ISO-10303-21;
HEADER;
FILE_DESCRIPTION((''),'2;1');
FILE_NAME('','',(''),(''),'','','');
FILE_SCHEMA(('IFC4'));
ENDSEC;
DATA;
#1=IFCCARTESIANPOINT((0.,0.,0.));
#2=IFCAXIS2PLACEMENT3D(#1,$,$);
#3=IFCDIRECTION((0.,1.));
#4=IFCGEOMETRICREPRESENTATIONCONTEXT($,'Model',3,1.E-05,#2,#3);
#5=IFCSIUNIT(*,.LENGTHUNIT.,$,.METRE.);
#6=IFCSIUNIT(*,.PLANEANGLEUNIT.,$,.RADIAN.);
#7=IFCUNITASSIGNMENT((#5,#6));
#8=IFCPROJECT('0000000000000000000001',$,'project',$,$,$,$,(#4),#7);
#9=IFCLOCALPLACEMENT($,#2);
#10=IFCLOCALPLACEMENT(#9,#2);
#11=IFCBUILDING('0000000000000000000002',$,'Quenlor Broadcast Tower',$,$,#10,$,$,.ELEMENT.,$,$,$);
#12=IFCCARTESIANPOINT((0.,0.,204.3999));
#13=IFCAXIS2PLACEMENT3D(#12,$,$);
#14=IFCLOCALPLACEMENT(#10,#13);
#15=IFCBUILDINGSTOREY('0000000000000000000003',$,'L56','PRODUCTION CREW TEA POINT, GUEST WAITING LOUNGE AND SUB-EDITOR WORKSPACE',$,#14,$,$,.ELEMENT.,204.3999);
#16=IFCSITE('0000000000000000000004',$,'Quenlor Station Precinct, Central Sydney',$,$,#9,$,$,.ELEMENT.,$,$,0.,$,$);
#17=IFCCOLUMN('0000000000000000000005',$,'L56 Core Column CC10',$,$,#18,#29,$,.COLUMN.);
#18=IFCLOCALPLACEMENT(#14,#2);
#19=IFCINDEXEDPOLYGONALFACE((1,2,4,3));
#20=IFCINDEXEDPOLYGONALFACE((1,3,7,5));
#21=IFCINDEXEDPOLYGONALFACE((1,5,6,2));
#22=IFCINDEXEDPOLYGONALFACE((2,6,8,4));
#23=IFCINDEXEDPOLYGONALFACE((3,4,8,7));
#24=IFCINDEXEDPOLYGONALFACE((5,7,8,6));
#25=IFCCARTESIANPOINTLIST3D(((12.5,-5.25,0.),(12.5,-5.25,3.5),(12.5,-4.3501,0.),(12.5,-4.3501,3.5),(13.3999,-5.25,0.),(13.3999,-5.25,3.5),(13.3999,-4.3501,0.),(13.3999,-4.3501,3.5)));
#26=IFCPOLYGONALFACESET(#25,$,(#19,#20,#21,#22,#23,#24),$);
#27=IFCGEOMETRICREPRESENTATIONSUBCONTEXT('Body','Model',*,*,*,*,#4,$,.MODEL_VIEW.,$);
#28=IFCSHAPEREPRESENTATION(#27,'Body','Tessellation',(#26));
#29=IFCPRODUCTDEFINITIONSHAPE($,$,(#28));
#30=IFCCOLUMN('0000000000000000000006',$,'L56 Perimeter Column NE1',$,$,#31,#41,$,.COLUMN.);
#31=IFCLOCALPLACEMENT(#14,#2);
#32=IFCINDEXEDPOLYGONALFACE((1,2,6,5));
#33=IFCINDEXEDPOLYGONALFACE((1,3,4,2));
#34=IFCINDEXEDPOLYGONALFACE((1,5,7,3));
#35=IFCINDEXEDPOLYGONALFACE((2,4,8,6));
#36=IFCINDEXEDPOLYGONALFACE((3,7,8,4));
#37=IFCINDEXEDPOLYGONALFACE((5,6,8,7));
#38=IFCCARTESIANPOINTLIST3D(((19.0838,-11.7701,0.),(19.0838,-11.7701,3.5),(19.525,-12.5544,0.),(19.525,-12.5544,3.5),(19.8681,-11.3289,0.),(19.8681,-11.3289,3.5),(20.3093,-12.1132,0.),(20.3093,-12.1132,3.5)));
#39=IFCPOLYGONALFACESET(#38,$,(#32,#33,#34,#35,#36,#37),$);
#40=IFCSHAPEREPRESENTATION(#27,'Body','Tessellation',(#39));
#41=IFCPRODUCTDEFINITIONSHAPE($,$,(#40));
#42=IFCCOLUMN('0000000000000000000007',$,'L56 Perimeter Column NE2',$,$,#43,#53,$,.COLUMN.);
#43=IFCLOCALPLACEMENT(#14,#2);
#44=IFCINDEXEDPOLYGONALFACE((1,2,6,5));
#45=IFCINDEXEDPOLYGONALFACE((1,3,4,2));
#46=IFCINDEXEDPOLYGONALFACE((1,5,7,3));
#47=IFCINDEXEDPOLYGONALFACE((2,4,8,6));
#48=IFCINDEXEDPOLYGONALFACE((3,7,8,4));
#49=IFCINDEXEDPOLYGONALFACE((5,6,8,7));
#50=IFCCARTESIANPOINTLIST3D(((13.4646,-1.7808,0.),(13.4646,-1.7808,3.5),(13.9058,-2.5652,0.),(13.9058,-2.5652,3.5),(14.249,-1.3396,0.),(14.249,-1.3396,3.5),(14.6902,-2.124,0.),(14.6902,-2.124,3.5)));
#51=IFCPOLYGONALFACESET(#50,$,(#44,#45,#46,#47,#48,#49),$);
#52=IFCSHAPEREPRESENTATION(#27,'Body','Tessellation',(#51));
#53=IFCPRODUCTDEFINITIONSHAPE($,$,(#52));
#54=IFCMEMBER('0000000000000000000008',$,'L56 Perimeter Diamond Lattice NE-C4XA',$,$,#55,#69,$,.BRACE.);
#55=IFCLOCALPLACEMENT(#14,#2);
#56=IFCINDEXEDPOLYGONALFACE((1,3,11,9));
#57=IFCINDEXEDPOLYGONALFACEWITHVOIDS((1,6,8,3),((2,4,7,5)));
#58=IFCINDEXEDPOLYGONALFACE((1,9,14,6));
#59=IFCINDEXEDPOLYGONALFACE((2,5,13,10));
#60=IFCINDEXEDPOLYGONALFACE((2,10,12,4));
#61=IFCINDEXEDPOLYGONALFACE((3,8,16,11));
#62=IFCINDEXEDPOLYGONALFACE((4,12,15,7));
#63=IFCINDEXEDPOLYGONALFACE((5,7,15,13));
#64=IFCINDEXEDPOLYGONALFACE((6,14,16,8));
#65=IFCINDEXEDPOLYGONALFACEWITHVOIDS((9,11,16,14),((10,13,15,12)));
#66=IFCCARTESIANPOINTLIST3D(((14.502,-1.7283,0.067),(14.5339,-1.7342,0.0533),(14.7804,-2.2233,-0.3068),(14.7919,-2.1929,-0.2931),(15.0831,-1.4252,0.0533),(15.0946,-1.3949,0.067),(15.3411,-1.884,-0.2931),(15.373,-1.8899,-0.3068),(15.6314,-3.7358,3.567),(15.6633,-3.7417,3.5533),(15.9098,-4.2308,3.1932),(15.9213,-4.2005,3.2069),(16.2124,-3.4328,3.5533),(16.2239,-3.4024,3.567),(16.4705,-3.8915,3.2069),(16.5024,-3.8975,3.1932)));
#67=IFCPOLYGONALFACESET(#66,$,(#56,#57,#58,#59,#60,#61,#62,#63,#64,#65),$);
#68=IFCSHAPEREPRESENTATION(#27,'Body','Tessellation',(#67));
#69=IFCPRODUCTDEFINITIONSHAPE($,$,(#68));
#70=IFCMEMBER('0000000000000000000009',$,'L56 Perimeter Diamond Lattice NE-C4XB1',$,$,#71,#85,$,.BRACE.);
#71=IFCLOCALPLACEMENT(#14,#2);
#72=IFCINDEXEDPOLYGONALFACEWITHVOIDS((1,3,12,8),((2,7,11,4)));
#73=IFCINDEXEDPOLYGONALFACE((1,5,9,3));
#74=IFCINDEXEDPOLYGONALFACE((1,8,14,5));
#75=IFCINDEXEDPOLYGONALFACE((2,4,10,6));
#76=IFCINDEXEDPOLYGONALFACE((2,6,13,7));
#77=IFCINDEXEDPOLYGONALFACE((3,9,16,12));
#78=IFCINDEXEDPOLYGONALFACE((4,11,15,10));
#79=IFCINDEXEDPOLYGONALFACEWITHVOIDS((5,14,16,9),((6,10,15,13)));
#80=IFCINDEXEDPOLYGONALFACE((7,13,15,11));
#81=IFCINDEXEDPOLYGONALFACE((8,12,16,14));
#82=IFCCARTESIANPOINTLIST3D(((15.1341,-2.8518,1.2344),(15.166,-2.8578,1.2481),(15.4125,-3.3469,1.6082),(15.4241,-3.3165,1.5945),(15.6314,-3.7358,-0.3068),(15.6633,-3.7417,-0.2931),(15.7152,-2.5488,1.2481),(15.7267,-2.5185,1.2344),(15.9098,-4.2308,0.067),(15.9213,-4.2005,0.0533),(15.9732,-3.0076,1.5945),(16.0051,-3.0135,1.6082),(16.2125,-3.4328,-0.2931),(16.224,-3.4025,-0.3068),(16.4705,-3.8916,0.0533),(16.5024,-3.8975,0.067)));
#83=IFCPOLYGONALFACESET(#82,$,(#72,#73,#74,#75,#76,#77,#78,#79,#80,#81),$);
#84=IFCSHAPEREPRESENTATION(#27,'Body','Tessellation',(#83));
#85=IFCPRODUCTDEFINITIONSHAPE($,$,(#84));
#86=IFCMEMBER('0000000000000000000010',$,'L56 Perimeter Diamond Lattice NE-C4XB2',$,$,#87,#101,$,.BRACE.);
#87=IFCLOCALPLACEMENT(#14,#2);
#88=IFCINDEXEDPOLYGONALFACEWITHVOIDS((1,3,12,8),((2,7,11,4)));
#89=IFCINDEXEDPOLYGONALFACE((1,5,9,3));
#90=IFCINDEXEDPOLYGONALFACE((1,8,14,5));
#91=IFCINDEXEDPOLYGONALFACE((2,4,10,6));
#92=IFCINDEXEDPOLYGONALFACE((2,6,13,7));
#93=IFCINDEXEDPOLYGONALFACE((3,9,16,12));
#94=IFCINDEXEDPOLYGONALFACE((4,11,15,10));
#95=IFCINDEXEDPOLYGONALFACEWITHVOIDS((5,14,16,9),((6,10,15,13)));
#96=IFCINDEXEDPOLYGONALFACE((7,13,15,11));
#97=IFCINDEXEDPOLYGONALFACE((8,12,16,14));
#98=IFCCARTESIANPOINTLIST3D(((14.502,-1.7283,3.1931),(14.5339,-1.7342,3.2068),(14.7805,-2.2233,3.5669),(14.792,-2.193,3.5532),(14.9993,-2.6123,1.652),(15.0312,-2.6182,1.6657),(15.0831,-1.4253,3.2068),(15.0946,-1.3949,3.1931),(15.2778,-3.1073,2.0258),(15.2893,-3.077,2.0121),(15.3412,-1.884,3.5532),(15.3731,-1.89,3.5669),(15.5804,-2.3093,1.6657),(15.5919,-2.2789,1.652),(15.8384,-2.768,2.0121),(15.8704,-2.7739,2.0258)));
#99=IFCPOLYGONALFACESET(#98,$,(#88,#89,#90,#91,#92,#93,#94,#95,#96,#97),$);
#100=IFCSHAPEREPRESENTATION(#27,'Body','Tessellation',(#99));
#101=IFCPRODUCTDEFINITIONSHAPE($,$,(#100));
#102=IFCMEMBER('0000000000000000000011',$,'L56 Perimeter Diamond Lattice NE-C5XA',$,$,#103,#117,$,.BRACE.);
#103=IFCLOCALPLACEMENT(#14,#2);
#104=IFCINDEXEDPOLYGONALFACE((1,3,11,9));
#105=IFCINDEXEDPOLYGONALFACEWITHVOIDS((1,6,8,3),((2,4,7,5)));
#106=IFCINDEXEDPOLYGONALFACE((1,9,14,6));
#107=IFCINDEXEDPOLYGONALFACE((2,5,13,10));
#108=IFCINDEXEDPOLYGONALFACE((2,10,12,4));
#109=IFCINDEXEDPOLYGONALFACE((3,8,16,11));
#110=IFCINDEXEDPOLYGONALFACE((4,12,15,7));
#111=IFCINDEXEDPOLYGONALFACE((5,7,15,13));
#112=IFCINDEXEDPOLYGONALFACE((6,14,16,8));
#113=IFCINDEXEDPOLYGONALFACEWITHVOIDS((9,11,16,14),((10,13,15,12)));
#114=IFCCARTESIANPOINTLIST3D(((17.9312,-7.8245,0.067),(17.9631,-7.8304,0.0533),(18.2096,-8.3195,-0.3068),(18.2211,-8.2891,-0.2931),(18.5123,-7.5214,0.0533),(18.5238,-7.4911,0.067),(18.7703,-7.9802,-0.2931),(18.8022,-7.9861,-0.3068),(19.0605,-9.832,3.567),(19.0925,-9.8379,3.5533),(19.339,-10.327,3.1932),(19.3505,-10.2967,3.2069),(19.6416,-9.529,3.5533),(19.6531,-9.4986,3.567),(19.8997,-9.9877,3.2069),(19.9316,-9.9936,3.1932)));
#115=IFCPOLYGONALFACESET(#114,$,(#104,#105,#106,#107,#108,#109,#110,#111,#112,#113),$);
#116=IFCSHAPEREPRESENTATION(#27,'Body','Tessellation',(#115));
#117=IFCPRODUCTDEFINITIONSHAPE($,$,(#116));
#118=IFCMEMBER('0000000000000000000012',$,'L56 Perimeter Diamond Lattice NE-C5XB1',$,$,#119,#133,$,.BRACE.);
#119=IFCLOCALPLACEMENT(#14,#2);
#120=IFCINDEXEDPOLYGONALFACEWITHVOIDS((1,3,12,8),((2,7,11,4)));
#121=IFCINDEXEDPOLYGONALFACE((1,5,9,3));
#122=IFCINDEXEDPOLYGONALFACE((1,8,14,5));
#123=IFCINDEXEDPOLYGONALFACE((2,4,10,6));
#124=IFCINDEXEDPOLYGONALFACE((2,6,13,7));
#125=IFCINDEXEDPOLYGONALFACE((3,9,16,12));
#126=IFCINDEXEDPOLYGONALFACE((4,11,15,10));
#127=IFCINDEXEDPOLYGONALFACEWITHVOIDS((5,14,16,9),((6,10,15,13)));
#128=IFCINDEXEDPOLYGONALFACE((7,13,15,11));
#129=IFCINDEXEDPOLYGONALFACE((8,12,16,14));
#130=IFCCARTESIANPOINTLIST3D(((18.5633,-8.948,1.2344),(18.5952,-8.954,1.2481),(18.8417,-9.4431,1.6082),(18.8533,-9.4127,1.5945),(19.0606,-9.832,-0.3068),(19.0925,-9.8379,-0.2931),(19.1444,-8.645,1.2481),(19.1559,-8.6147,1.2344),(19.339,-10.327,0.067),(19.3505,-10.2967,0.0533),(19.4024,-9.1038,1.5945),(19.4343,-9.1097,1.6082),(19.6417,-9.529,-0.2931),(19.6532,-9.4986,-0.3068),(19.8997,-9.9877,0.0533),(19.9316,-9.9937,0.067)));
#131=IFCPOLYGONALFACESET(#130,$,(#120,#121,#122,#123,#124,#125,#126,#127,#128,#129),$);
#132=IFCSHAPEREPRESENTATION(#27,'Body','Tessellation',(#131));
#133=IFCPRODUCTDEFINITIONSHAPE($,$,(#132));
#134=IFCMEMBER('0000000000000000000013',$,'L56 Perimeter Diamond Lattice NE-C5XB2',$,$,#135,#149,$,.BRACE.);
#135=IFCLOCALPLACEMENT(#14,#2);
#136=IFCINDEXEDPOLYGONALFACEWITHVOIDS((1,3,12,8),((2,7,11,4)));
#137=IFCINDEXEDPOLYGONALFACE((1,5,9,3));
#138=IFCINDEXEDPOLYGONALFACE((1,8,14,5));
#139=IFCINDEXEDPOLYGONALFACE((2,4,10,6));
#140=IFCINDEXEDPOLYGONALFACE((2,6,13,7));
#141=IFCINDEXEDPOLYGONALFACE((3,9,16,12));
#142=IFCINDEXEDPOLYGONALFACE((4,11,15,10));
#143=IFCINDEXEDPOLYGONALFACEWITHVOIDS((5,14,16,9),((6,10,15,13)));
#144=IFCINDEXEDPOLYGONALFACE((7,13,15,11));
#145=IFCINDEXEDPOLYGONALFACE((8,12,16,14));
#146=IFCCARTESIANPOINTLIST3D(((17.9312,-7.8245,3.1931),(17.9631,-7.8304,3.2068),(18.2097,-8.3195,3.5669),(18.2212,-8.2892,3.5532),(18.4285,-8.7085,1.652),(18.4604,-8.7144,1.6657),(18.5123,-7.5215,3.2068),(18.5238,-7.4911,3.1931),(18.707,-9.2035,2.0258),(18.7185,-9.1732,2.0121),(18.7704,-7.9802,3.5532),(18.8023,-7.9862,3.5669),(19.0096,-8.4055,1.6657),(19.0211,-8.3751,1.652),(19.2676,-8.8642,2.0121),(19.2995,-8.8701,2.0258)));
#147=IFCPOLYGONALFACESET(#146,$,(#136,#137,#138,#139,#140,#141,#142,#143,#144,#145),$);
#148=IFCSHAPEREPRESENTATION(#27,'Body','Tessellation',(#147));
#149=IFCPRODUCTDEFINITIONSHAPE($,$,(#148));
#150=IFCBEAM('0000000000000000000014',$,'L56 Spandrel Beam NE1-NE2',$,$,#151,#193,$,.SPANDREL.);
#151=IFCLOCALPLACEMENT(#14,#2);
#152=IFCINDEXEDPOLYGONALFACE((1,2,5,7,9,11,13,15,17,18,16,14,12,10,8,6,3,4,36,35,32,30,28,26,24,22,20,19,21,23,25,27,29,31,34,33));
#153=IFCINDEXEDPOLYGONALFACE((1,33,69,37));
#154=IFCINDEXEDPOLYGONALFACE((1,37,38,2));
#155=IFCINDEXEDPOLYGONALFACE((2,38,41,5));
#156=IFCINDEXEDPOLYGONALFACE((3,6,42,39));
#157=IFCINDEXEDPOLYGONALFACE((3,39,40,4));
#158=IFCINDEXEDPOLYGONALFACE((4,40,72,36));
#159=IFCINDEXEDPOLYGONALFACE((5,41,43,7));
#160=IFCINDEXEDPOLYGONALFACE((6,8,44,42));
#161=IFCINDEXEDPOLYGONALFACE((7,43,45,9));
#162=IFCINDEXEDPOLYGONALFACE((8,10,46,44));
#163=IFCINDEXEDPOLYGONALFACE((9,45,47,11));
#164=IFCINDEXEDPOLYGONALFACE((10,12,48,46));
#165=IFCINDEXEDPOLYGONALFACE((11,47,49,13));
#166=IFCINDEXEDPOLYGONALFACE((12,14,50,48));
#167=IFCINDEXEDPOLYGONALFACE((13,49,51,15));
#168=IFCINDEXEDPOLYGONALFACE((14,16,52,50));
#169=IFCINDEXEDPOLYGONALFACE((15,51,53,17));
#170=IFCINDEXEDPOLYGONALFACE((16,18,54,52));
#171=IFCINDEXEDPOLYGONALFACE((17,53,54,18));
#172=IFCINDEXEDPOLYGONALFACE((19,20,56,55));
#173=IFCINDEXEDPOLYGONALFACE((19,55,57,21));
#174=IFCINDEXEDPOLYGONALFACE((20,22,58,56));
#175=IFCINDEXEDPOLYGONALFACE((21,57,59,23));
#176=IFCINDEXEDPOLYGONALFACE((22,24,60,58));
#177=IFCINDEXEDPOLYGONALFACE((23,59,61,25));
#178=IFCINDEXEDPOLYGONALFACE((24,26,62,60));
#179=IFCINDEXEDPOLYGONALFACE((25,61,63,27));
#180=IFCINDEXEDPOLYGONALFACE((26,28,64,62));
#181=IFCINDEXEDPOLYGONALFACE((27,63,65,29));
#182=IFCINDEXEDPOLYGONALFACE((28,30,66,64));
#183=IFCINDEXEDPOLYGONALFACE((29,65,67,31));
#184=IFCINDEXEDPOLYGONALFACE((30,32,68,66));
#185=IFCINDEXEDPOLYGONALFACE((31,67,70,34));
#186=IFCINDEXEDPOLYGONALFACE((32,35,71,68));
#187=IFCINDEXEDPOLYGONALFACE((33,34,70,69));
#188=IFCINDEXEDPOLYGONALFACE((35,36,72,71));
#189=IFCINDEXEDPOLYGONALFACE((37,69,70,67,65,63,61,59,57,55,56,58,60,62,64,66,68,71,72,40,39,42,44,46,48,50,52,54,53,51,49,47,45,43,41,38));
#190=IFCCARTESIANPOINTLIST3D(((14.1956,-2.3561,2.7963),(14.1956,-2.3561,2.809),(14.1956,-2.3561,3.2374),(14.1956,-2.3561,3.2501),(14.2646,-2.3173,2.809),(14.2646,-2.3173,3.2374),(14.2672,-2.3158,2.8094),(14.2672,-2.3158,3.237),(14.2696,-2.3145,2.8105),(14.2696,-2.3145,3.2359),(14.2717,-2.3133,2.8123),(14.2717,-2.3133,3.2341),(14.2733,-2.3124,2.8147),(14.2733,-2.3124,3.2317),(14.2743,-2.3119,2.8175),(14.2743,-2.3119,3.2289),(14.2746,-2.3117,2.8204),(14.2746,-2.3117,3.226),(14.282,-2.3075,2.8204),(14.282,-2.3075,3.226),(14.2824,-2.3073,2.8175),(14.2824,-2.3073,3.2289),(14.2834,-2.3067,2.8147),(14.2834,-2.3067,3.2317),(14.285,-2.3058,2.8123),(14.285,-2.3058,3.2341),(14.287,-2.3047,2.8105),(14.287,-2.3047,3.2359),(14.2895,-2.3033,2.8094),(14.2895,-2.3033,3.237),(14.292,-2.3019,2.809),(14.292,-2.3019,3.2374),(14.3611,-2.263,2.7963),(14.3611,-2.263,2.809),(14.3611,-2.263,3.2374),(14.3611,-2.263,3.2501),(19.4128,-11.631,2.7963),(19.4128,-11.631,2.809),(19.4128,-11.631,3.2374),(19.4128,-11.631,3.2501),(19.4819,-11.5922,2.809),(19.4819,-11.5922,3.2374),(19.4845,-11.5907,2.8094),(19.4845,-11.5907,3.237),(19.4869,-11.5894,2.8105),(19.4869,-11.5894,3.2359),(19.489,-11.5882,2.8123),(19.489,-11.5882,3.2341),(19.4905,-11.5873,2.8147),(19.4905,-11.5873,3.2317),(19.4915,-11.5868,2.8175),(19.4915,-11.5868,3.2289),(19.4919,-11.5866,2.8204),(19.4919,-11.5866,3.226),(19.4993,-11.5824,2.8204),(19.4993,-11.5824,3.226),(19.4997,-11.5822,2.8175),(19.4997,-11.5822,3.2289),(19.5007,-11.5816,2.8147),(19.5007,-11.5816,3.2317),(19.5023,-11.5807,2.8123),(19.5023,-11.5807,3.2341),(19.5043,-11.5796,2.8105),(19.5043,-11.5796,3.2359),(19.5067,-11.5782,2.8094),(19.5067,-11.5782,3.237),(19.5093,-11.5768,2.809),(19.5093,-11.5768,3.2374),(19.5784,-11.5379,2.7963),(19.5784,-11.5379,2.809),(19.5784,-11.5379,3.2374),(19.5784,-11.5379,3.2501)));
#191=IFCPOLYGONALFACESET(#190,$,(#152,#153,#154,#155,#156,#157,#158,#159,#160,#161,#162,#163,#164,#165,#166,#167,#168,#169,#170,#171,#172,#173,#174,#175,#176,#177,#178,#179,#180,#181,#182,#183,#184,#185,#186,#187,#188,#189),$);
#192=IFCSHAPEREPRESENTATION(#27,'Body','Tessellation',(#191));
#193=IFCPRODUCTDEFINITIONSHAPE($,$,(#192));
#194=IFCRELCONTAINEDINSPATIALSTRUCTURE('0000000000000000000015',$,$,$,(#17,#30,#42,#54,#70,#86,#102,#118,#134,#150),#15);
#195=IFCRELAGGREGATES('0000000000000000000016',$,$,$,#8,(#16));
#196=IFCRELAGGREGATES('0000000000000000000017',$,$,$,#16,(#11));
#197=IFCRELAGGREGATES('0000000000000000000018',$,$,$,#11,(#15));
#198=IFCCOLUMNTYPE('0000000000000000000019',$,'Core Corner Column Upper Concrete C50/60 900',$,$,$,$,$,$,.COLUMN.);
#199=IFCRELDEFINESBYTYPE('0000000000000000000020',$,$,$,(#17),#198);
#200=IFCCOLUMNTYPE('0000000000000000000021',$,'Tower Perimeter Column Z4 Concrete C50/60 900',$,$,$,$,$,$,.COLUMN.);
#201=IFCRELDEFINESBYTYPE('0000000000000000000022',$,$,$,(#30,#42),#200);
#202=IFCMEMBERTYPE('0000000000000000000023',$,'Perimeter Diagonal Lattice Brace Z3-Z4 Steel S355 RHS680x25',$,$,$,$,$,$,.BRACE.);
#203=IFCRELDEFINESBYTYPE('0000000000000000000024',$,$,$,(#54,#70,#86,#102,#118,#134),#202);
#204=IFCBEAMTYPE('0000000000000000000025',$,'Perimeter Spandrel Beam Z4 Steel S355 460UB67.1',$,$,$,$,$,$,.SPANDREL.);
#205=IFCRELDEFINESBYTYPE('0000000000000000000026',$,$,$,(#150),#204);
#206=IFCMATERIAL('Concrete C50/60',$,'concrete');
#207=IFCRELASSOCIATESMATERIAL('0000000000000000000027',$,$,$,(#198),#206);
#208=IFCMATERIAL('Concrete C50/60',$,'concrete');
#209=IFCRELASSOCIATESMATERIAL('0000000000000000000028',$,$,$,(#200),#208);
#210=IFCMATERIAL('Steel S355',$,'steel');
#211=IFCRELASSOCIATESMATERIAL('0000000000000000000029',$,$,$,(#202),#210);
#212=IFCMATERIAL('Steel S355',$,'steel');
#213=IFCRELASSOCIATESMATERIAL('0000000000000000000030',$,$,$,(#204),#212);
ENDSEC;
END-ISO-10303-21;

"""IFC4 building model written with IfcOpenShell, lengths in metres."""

from ifc_helpers import new_model, si_unit, direction, frame, origin, origin_2d, place, context, subcontext, project, spatial, rectangle, hollow_rectangle, i_section, extrude, material, material_profile, profile_set, type_object, element, save


model = new_model("IFC4")

# Units and contexts
model_context = context("Model", 3, precision=1e-05, world=origin(), true_north=direction((0.0, 1.0)))
body_context = subcontext(model_context, "Body", "Model", "MODEL_VIEW")
ifc_project = project(units=[si_unit("LENGTHUNIT", "METRE"), si_unit("PLANEANGLEUNIT", "RADIAN")], contexts=[model_context])

# Site, building, storey
site_placement = place(None, origin())
site = spatial("IfcSite", under=ifc_project, at=site_placement, Name="Quenlor Station Precinct, Central Sydney", CompositionType="ELEMENT", RefElevation=0.0)
building_placement = place(site_placement, origin())
building = spatial("IfcBuilding", under=site, at=building_placement, Name="Quenlor Broadcast Tower", CompositionType="ELEMENT")
storey_placement = place(building_placement, frame((0.0, 0.0, 204.3999)))
storey = spatial("IfcBuildingStorey", under=building, at=storey_placement, Name="L56", Description="PRODUCTION CREW TEA POINT, GUEST WAITING LOUNGE AND SUB-EDITOR WORKSPACE", CompositionType="ELEMENT", Elevation=204.3999)

# Columns
ifc_material_1 = material(Name="Concrete C50/60", Category="concrete")
ifc_material_profile_1 = material_profile(ifc_material_1, rectangle(XDim=0.8999, YDim=0.8999, at=origin_2d()))
ifc_profile_set_1 = profile_set([ifc_material_profile_1], Name="Concrete C50/60 RC900x900")
column_type_1 = type_object("IfcColumnType", Name="Core Corner Column Upper Concrete C50/60 900", PredefinedType="COLUMN", material=ifc_profile_set_1)
column_placement = place(storey_placement, frame((12.95, -4.8, 0.0), z_axis=(0.0, 0.0, 1.0), x_axis=(1.0, 0.0, 0.0)))
element("IfcColumn", 1, at=column_placement, inside=storey, type_object=column_type_1, Name="L56 Core Column CC10", PredefinedType="COLUMN", context=body_context, shape_type="SweptSolid", body=[
    extrude(rectangle(XDim=0.8999, YDim=0.8999, at=origin_2d()), origin(), (0.0, 0.0, 1.0), 3.5),
])
ifc_material_2 = material(Name="Concrete C50/60", Category="concrete")
ifc_material_profile_2 = material_profile(ifc_material_2, rectangle(XDim=0.8999, YDim=0.8999, at=origin_2d()))
ifc_profile_set_2 = profile_set([ifc_material_profile_2], Name="Concrete C50/60 RC900x900")
column_type_2 = type_object("IfcColumnType", Name="Tower Perimeter Column Z4 Concrete C50/60 900", PredefinedType="COLUMN", material=ifc_profile_set_2)
for number, where, z_axis, x_axis, name in (
    (2, (19.6965, -11.9417, 0.0), (0.0, 0.0, 1.0), (0.871575, 0.490262, 0.0), "L56 Perimeter Column NE1"),
    (3, (14.0774, -1.9524, 0.0), (0.0, 0.0, 1.0), (0.871575, 0.490262, 0.0), "L56 Perimeter Column NE2"),
):
    element("IfcColumn", number, at=place(storey_placement, frame(where, z_axis=z_axis, x_axis=x_axis)), inside=storey, type_object=column_type_2, Name=name, PredefinedType="COLUMN", context=body_context, shape_type="SweptSolid", body=[
        extrude(rectangle(XDim=0.8999, YDim=0.8999, at=origin_2d()), origin(), (0.0, 0.0, 1.0), 3.5),
    ])

# Members
ifc_material_3 = material(Name="Steel S355", Category="steel")
ifc_material_profile_3 = material_profile(ifc_material_3, hollow_rectangle(XDim=0.6799, YDim=0.6799, WallThickness=0.0249, at=origin_2d()))
ifc_profile_set_3 = profile_set([ifc_material_profile_3], Name="Steel S355 RHS680x680x25")
member_type = type_object("IfcMemberType", Name="Perimeter Diagonal Lattice Brace Z3-Z4 Steel S355 RHS680x25", PredefinedType="BRACE", material=ifc_profile_set_3)
member_1_placement = place(storey_placement, frame((14.9375, -1.8091, -0.1199), z_axis=(0.269547, -0.479136, 0.835328), x_axis=(0.87155, 0.490307, 0.0)))
element("IfcMember", 4, at=member_1_placement, inside=storey, type_object=member_type, Name="L56 Perimeter Diamond Lattice NE-C4XA", PredefinedType="BRACE", context=body_context, shape_type="SweptSolid", body=[
    extrude(hollow_rectangle(XDim=0.6799, YDim=0.6799, WallThickness=0.0249, at=origin_2d()), origin(), (0.0, 0.0, 1.0), 4.1899),
])
for number, where, z_axis, x_axis, name in (
    (5, (16.0669, -3.8167, -0.1199), (-0.269536, 0.47913, 0.835335), (-0.871556, -0.490296, 0.0), "L56 Perimeter Diamond Lattice NE-C4XB1"),
    (6, (15.4348, -2.6931, 1.8389), (-0.269536, 0.47913, 0.835335), (-0.871556, -0.490296, 0.0), "L56 Perimeter Diamond Lattice NE-C4XB2"),
):
    element("IfcMember", number, at=place(storey_placement, frame(where, z_axis=z_axis, x_axis=x_axis)), inside=storey, type_object=member_type, Name=name, PredefinedType="BRACE", context=body_context, shape_type="SweptSolid", body=[
        extrude(hollow_rectangle(XDim=0.6799, YDim=0.6799, WallThickness=0.0249, at=origin_2d()), origin(), (0.0, 0.0, 1.0), 1.845),
    ])
member_2_placement = place(storey_placement, frame((18.3667, -7.9053, -0.1199), z_axis=(0.269547, -0.479136, 0.835328), x_axis=(0.87155, 0.490307, 0.0)))
element("IfcMember", 7, at=member_2_placement, inside=storey, type_object=member_type, Name="L56 Perimeter Diamond Lattice NE-C5XA", PredefinedType="BRACE", context=body_context, shape_type="SweptSolid", body=[
    extrude(hollow_rectangle(XDim=0.6799, YDim=0.6799, WallThickness=0.0249, at=origin_2d()), origin(), (0.0, 0.0, 1.0), 4.1899),
])
for number, where, z_axis, x_axis, name in (
    (8, (19.4961, -9.9128, -0.1199), (-0.269536, 0.47913, 0.835335), (-0.871556, -0.490296, 0.0), "L56 Perimeter Diamond Lattice NE-C5XB1"),
    (9, (18.864, -8.7893, 1.8389), (-0.269536, 0.47913, 0.835335), (-0.871556, -0.490296, 0.0), "L56 Perimeter Diamond Lattice NE-C5XB2"),
):
    element("IfcMember", number, at=place(storey_placement, frame(where, z_axis=z_axis, x_axis=x_axis)), inside=storey, type_object=member_type, Name=name, PredefinedType="BRACE", context=body_context, shape_type="SweptSolid", body=[
        extrude(hollow_rectangle(XDim=0.6799, YDim=0.6799, WallThickness=0.0249, at=origin_2d()), origin(), (0.0, 0.0, 1.0), 1.845),
    ])

# Beam
ifc_material_4 = material(Name="Steel S355", Category="steel")
ifc_material_profile_4 = material_profile(ifc_material_4, i_section(OverallWidth=0.1899, OverallDepth=0.4539, WebThickness=0.0085, FlangeThickness=0.0127, FilletRadius=0.0115, at=origin_2d()))
ifc_profile_set_4 = profile_set([ifc_material_profile_4], Name="Steel S355 460UB67.1")
beam_type_1 = type_object("IfcBeamType", Name="Perimeter Spandrel Beam Z4 Steel S355 460UB67.1", PredefinedType="SPANDREL", material=ifc_profile_set_4)
beam_1_placement = place(storey_placement, frame((19.4956, -11.5845, 3.0232), z_axis=(-0.490272, 0.871569, 0.0), x_axis=(-0.871569, -0.490272, 0.0)))
element("IfcBeam", 10, at=beam_1_placement, inside=storey, type_object=beam_type_1, Name="L56 Spandrel Beam NE1-NE2", PredefinedType="SPANDREL", context=body_context, shape_type="SweptSolid", body=[
    extrude(i_section(OverallWidth=0.1899, OverallDepth=0.4539, WebThickness=0.0085, FlangeThickness=0.0127, FilletRadius=0.0115, at=origin_2d()), origin(), (0.0, 0.0, 1.0), 10.6416),
])

save(model, "model.ifc")
